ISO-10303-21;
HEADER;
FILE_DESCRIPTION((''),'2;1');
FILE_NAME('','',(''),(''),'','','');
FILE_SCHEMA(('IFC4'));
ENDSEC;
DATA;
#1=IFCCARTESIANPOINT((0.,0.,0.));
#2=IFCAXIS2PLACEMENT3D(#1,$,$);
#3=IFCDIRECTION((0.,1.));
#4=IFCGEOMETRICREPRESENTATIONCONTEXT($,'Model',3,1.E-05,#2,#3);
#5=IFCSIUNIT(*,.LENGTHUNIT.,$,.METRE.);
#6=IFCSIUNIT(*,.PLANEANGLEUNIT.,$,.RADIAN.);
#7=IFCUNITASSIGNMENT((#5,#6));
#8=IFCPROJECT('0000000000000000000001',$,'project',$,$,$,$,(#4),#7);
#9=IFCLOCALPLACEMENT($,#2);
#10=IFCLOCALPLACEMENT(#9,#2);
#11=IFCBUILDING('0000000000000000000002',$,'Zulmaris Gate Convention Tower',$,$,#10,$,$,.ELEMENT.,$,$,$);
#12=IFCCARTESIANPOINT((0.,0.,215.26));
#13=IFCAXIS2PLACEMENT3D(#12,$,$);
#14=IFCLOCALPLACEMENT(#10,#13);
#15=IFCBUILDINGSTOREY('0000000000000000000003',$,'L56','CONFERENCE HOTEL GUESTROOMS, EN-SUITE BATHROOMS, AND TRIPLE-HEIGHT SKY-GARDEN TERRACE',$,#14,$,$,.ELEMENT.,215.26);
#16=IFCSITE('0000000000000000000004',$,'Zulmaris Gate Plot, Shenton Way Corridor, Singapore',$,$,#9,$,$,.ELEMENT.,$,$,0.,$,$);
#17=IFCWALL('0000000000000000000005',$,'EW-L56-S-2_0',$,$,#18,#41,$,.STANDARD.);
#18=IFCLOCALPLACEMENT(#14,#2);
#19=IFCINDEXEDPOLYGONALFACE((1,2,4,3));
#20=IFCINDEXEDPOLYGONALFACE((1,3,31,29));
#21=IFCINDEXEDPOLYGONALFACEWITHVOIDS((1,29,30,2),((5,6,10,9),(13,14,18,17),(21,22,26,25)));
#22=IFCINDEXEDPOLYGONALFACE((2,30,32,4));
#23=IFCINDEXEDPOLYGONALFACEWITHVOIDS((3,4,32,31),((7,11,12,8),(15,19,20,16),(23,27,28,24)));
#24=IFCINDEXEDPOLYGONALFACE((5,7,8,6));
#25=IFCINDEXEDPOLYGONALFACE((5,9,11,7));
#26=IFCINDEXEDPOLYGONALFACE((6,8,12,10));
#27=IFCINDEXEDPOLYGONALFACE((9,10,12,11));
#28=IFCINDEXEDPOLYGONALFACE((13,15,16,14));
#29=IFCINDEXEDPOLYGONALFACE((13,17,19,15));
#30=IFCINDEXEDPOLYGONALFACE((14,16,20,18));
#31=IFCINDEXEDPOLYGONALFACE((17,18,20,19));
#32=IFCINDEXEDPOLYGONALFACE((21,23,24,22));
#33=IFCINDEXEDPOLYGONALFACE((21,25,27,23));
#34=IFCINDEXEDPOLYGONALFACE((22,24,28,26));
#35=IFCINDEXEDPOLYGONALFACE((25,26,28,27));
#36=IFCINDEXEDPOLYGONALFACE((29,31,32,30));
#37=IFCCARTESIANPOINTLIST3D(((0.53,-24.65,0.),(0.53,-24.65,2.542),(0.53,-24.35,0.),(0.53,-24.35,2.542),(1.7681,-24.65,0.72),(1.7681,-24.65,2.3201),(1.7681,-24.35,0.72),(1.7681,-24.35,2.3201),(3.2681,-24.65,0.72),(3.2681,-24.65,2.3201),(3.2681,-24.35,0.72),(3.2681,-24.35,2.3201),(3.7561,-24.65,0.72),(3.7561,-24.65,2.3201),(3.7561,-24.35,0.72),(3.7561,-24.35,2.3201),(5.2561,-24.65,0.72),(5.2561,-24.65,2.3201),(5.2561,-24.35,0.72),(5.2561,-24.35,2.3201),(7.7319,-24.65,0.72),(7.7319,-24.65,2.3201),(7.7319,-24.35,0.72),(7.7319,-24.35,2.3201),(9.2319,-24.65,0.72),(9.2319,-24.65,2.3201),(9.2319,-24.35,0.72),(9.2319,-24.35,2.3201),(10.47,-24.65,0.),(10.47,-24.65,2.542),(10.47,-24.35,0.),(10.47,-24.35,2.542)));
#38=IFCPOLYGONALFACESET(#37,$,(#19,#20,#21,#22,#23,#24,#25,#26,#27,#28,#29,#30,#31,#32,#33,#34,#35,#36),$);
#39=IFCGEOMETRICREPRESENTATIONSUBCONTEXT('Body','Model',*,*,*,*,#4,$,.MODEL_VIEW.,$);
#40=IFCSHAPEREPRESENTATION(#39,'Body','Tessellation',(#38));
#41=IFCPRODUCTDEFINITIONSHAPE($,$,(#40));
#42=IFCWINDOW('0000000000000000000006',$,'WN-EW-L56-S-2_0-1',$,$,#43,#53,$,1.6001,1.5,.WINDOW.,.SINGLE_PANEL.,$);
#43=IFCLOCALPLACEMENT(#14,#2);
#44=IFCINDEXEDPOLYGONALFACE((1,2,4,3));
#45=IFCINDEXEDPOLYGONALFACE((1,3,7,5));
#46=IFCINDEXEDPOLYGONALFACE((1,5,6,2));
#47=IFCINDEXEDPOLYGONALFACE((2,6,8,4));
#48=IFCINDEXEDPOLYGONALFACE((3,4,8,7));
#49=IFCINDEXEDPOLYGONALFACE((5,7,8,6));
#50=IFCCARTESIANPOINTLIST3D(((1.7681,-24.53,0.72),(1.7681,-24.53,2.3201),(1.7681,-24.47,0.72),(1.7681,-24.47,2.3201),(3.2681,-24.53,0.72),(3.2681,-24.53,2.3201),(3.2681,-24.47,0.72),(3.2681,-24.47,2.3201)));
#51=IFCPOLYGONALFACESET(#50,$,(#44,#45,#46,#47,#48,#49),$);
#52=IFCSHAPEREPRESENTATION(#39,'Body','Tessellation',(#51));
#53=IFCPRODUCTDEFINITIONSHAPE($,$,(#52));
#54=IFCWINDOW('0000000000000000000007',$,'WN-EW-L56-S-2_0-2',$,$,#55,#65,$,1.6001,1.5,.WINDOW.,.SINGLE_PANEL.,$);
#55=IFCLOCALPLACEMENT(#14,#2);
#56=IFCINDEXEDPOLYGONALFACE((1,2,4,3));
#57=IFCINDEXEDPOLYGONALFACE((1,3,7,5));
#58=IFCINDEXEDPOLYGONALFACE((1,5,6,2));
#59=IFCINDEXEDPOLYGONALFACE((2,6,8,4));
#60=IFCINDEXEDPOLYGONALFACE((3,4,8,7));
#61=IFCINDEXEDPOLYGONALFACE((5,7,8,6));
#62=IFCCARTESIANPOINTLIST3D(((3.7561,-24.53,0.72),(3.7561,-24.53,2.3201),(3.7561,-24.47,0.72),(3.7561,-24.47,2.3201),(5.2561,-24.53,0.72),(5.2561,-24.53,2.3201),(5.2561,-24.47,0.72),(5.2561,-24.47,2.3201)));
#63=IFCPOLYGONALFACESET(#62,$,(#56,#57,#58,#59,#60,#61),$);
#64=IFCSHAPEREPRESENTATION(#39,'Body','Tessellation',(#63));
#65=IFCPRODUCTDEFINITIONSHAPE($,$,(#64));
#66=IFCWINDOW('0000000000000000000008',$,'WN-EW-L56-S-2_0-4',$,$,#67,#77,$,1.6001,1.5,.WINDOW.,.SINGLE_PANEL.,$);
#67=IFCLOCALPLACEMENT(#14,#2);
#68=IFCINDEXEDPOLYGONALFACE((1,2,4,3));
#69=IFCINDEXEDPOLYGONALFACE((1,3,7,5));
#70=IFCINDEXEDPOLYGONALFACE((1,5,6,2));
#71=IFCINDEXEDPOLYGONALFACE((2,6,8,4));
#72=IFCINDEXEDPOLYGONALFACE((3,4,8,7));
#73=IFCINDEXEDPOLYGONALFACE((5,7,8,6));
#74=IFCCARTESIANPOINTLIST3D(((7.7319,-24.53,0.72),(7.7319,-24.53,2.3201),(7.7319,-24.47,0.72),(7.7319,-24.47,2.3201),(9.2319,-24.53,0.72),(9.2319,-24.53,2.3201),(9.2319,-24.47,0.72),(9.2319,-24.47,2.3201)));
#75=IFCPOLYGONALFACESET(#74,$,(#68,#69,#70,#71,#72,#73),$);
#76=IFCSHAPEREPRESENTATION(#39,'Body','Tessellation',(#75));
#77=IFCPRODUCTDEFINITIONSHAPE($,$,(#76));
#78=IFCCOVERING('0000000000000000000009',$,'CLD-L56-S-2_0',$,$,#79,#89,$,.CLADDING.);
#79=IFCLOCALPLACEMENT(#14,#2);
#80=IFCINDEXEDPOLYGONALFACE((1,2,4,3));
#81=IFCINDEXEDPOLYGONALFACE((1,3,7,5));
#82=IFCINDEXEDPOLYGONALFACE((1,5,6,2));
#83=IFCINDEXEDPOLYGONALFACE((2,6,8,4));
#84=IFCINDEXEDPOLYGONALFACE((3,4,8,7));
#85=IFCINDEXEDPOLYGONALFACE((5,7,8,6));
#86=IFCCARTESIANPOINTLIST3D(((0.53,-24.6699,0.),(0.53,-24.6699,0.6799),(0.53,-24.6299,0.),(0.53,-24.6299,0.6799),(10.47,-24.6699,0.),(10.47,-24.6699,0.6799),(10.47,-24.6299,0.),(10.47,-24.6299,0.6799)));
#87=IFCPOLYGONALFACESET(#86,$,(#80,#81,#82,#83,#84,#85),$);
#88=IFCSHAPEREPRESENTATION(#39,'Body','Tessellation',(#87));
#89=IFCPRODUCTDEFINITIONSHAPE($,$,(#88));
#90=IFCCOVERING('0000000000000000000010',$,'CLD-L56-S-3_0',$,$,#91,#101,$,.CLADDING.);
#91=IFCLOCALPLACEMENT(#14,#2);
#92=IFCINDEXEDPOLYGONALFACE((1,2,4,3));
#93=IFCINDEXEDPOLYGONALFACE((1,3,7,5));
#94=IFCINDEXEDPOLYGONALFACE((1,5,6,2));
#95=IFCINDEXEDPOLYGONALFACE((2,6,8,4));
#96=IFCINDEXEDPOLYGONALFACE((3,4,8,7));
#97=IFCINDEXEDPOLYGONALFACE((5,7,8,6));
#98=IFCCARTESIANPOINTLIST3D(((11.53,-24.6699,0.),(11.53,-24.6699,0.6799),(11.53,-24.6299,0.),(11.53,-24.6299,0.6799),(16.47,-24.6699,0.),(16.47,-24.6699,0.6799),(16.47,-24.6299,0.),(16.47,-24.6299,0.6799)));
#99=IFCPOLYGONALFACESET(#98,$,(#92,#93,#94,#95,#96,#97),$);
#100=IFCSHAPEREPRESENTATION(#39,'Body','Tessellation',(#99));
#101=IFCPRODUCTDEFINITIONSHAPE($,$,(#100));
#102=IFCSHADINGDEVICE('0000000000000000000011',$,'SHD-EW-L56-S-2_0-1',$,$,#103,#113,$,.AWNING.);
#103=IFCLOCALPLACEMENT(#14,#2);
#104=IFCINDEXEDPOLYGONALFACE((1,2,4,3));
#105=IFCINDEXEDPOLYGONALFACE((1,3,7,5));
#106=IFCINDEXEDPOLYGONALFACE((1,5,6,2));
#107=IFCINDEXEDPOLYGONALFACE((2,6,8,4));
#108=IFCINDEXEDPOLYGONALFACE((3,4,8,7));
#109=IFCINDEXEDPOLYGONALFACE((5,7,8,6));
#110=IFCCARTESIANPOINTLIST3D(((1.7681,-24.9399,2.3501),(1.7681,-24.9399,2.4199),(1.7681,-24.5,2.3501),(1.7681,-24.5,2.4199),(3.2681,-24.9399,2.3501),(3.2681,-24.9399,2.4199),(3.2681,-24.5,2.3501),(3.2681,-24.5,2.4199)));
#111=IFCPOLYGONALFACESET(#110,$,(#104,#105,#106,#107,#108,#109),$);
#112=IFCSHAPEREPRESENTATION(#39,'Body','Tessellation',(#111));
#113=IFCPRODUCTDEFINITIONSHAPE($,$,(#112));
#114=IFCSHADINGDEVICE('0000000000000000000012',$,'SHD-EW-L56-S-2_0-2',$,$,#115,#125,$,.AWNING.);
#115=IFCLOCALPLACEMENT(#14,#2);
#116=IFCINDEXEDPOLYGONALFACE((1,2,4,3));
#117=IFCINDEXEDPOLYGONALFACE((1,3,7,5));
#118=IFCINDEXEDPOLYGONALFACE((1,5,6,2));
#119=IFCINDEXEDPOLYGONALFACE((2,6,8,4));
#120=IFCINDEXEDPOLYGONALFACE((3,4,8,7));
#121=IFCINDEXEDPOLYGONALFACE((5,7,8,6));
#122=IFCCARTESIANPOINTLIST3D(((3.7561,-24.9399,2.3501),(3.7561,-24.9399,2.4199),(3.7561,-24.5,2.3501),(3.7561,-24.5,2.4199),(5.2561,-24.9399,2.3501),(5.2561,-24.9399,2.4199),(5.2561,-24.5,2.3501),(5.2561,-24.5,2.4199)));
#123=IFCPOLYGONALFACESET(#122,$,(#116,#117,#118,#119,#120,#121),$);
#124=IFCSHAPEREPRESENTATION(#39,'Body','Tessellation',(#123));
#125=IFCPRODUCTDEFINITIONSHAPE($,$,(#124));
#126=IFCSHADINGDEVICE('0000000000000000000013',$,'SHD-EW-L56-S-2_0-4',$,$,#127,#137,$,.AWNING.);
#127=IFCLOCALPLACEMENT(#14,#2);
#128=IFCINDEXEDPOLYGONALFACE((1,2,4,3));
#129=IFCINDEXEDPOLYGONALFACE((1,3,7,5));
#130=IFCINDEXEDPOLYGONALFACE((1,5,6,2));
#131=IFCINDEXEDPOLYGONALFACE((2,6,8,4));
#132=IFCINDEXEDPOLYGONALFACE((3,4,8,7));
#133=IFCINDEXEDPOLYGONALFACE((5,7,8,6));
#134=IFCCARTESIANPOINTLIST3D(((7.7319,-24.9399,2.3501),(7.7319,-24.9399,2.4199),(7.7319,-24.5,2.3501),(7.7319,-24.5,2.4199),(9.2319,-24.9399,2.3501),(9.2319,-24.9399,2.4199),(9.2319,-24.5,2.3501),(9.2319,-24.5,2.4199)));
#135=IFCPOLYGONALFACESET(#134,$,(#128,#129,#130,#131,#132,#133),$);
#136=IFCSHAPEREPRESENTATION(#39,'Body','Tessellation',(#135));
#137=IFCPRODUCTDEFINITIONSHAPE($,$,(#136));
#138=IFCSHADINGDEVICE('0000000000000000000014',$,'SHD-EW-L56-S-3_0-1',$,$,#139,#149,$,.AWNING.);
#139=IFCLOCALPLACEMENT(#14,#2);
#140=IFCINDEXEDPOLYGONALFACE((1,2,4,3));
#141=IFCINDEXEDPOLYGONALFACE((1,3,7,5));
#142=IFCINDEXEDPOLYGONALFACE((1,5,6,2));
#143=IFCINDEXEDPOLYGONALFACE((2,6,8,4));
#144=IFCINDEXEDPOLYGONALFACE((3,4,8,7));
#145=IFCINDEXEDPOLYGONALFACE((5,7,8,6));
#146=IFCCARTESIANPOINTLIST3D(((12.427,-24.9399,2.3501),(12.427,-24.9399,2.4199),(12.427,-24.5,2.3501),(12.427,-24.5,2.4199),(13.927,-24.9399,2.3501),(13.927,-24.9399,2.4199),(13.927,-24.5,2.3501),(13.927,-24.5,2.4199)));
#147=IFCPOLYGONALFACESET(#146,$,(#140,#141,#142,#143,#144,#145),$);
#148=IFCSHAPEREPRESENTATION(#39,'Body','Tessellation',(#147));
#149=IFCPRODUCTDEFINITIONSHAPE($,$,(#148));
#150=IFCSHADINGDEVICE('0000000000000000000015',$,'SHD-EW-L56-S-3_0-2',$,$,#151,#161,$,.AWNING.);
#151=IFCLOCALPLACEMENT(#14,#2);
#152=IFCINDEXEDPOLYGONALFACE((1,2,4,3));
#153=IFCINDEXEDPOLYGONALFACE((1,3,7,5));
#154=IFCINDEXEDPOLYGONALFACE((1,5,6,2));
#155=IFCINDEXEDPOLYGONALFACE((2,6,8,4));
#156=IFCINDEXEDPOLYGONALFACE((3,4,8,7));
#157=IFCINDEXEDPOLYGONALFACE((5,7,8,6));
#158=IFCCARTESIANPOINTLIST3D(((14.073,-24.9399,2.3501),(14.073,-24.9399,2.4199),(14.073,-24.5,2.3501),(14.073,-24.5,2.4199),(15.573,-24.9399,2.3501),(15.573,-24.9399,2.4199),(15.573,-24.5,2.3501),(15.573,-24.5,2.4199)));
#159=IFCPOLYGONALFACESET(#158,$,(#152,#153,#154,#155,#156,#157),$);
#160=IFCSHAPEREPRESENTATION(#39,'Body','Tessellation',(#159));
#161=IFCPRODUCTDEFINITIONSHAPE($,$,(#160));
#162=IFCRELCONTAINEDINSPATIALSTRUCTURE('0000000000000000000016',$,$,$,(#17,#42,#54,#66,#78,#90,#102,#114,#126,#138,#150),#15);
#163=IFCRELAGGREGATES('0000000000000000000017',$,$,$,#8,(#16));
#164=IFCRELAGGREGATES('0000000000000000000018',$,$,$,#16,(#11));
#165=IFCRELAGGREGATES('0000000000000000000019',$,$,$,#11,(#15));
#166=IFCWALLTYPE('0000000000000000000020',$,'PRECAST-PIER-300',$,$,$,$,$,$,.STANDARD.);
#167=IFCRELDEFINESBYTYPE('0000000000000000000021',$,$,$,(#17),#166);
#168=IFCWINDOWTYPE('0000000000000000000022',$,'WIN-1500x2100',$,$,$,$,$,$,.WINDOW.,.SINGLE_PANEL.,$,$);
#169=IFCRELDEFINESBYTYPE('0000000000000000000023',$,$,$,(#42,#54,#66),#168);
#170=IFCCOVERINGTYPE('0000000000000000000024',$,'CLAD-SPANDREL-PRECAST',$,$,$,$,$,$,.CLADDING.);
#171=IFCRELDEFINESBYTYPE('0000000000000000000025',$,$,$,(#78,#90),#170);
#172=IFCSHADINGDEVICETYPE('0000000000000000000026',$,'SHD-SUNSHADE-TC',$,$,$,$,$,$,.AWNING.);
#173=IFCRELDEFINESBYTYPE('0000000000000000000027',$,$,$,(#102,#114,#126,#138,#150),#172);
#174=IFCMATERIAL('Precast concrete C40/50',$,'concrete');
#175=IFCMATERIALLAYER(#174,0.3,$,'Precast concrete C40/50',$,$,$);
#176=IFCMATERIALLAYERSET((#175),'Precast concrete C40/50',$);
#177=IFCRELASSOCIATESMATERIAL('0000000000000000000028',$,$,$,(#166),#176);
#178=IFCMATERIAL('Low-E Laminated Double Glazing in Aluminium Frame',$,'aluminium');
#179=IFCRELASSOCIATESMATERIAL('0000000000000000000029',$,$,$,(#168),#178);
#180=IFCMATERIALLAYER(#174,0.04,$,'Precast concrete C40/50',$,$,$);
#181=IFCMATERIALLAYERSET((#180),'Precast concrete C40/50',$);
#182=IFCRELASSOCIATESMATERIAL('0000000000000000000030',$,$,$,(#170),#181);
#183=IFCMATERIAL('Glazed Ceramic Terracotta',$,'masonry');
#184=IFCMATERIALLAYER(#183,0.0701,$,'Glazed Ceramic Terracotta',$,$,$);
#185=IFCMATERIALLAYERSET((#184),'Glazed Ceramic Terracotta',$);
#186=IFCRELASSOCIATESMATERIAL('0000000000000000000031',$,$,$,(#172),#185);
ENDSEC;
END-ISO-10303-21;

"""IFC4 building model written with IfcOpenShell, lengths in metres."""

from ifc_helpers import new_model, si_unit, direction, frame, frame_2d, origin, place, context, subcontext, project, spatial, rectangle, extrude, material, layer, layer_set, type_object, element, fill, save


model = new_model("IFC4")

# Units and contexts
model_context = context("Model", 3, precision=1e-05, world=origin(), true_north=direction((0.0, 1.0)))
body_context = subcontext(model_context, "Body", "Model", "MODEL_VIEW")
ifc_project = project(units=[si_unit("LENGTHUNIT", "METRE"), si_unit("PLANEANGLEUNIT", "RADIAN")], contexts=[model_context])

# Site, building, storey
site_placement = place(None, origin())
site = spatial("IfcSite", under=ifc_project, at=site_placement, Name="Zulmaris Gate Plot, Shenton Way Corridor, Singapore", CompositionType="ELEMENT", RefElevation=0.0)
building_placement = place(site_placement, origin())
building = spatial("IfcBuilding", under=site, at=building_placement, Name="Zulmaris Gate Convention Tower", CompositionType="ELEMENT")
storey_placement = place(building_placement, frame((0.0, 0.0, 215.26)))
storey = spatial("IfcBuildingStorey", under=building, at=storey_placement, Name="L56", Description="CONFERENCE HOTEL GUESTROOMS, EN-SUITE BATHROOMS, AND TRIPLE-HEIGHT SKY-GARDEN TERRACE", CompositionType="ELEMENT", Elevation=215.26)

# Wall, openings, windows
ifc_material_1 = material(Name="Precast concrete C40/50", Category="concrete")
ifc_layer_1 = layer(ifc_material_1, 0.3, Name="Precast concrete C40/50")
ifc_layer_set_1 = layer_set([ifc_layer_1], Name="Precast concrete C40/50")
wall_type = type_object("IfcWallType", Name="PRECAST-PIER-300", PredefinedType="STANDARD", material=ifc_layer_set_1)
wall_placement = place(storey_placement, frame((0.53, -24.5, 0.0), z_axis=(0.0, 0.0, 1.0), x_axis=(1.0, 0.0, 0.0)))
wall = element("IfcWall", 1, at=wall_placement, inside=storey, type_object=wall_type, Name="EW-L56-S-2_0", PredefinedType="STANDARD", context=body_context, shape_type="SweptSolid", body=[
    extrude(rectangle(XDim=9.9399, YDim=0.3, at=frame_2d((4.97, 0.0))), origin(), (0.0, 0.0, 1.0), 2.542),
])
opening_1_placement = place(wall_placement, frame((1.238, 0.0, 0.72)))
opening_1 = element("IfcOpeningElement", 2, at=opening_1_placement, cuts=wall, PredefinedType="OPENING", context=body_context, shape_type="SweptSolid", body=[
    extrude(rectangle(XDim=1.5, YDim=1.6001, at=frame_2d((0.75, 0.8))), frame((0.0, 0.1602, 0.0), z_axis=(0.0, -1.0, 0.0), x_axis=(1.0, 0.0, 0.0)), (0.0, 0.0, 1.0), 0.3201),
])
opening_2_placement = place(wall_placement, frame((3.2261, 0.0, 0.72)))
opening_2 = element("IfcOpeningElement", 3, at=opening_2_placement, cuts=wall, PredefinedType="OPENING", context=body_context, shape_type="SweptSolid", body=[
    extrude(rectangle(XDim=1.5, YDim=1.6001, at=frame_2d((0.75, 0.8))), frame((0.0, 0.1602, 0.0), z_axis=(0.0, -1.0, 0.0), x_axis=(1.0, 0.0, 0.0)), (0.0, 0.0, 1.0), 0.3201),
])
opening_3_placement = place(wall_placement, frame((7.2019, 0.0, 0.72)))
opening_3 = element("IfcOpeningElement", 4, at=opening_3_placement, cuts=wall, PredefinedType="OPENING", context=body_context, shape_type="SweptSolid", body=[
    extrude(rectangle(XDim=1.5, YDim=1.6001, at=frame_2d((0.75, 0.8))), frame((0.0, 0.1602, 0.0), z_axis=(0.0, -1.0, 0.0), x_axis=(1.0, 0.0, 0.0)), (0.0, 0.0, 1.0), 0.3201),
])
ifc_material_2 = material(Name="Low-E Laminated Double Glazing in Aluminium Frame", Category="aluminium")
window_type = type_object("IfcWindowType", Name="WIN-1500x2100", PartitioningType="SINGLE_PANEL", PredefinedType="WINDOW", material=ifc_material_2)
window_1_placement = place(opening_1_placement, origin())
window_1 = element("IfcWindow", 5, at=window_1_placement, inside=storey, type_object=window_type, Name="WN-EW-L56-S-2_0-1", OverallHeight=1.6001, OverallWidth=1.5, PartitioningType="SINGLE_PANEL", PredefinedType="WINDOW", context=body_context, shape_type="SweptSolid", body=[
    extrude(rectangle(XDim=1.5, YDim=1.6001, at=frame_2d((0.75, 0.8))), frame((0.0, 0.03, 0.0), z_axis=(0.0, -1.0, 0.0), x_axis=(1.0, 0.0, 0.0)), (0.0, 0.0, 1.0), 0.0601),
])
fill(opening_1, window_1)
window_2_placement = place(opening_2_placement, origin())
window_2 = element("IfcWindow", 6, at=window_2_placement, inside=storey, type_object=window_type, Name="WN-EW-L56-S-2_0-2", OverallHeight=1.6001, OverallWidth=1.5, PartitioningType="SINGLE_PANEL", PredefinedType="WINDOW", context=body_context, shape_type="SweptSolid", body=[
    extrude(rectangle(XDim=1.5, YDim=1.6001, at=frame_2d((0.75, 0.8))), frame((0.0, 0.03, 0.0), z_axis=(0.0, -1.0, 0.0), x_axis=(1.0, 0.0, 0.0)), (0.0, 0.0, 1.0), 0.0601),
])
fill(opening_2, window_2)
window_3_placement = place(opening_3_placement, origin())
window_3 = element("IfcWindow", 7, at=window_3_placement, inside=storey, type_object=window_type, Name="WN-EW-L56-S-2_0-4", OverallHeight=1.6001, OverallWidth=1.5, PartitioningType="SINGLE_PANEL", PredefinedType="WINDOW", context=body_context, shape_type="SweptSolid", body=[
    extrude(rectangle(XDim=1.5, YDim=1.6001, at=frame_2d((0.75, 0.8))), frame((0.0, 0.03, 0.0), z_axis=(0.0, -1.0, 0.0), x_axis=(1.0, 0.0, 0.0)), (0.0, 0.0, 1.0), 0.0601),
])
fill(opening_3, window_3)

# Coverings
ifc_layer_2 = layer(ifc_material_1, 0.04, Name="Precast concrete C40/50")
ifc_layer_set_2 = layer_set([ifc_layer_2], Name="Precast concrete C40/50")
covering_type = type_object("IfcCoveringType", Name="CLAD-SPANDREL-PRECAST", PredefinedType="CLADDING", material=ifc_layer_set_2)
covering_1_placement = place(storey_placement, frame((0.53, -24.6499, 0.0), z_axis=(0.0, 0.0, 1.0), x_axis=(1.0, 0.0, 0.0)))
element("IfcCovering", 8, at=covering_1_placement, inside=storey, type_object=covering_type, Name="CLD-L56-S-2_0", PredefinedType="CLADDING", context=body_context, shape_type="SweptSolid", body=[
    extrude(rectangle(XDim=9.9399, YDim=0.04, at=frame_2d((4.97, 0.0))), origin(), (0.0, 0.0, 1.0), 0.6799),
])
covering_2_placement = place(storey_placement, frame((11.53, -24.6499, 0.0), z_axis=(0.0, 0.0, 1.0), x_axis=(1.0, 0.0, 0.0)))
element("IfcCovering", 9, at=covering_2_placement, inside=storey, type_object=covering_type, Name="CLD-L56-S-3_0", PredefinedType="CLADDING", context=body_context, shape_type="SweptSolid", body=[
    extrude(rectangle(XDim=4.9399, YDim=0.04, at=frame_2d((2.47, 0.0))), origin(), (0.0, 0.0, 1.0), 0.6799),
])

# Shading devices
ifc_material_3 = material(Name="Glazed Ceramic Terracotta", Category="masonry")
ifc_layer_3 = layer(ifc_material_3, 0.0701, Name="Glazed Ceramic Terracotta")
ifc_layer_set_3 = layer_set([ifc_layer_3], Name="Glazed Ceramic Terracotta")
shading_device_type = type_object("IfcShadingDeviceType", Name="SHD-SUNSHADE-TC", PredefinedType="AWNING", material=ifc_layer_set_3)
for number, where, z_axis, x_axis, name in (
    (10, (1.7681, -24.72, 2.3501), (0.0, 0.0, 1.0), (1.0, 0.0, 0.0), "SHD-EW-L56-S-2_0-1"),
    (11, (3.7561, -24.72, 2.3501), (0.0, 0.0, 1.0), (1.0, 0.0, 0.0), "SHD-EW-L56-S-2_0-2"),
    (12, (7.7319, -24.72, 2.3501), (0.0, 0.0, 1.0), (1.0, 0.0, 0.0), "SHD-EW-L56-S-2_0-4"),
    (13, (12.427, -24.72, 2.3501), (0.0, 0.0, 1.0), (1.0, 0.0, 0.0), "SHD-EW-L56-S-3_0-1"),
    (14, (14.073, -24.72, 2.3501), (0.0, 0.0, 1.0), (1.0, 0.0, 0.0), "SHD-EW-L56-S-3_0-2"),
):
    element("IfcShadingDevice", number, at=place(storey_placement, frame(where, z_axis=z_axis, x_axis=x_axis)), inside=storey, type_object=shading_device_type, Name=name, PredefinedType="AWNING", context=body_context, shape_type="SweptSolid", body=[
        extrude(rectangle(XDim=1.5, YDim=0.4399, at=frame_2d((0.75, 0.0))), origin(), (0.0, 0.0, 1.0), 0.0698),
    ])

save(model, "model.ifc")
